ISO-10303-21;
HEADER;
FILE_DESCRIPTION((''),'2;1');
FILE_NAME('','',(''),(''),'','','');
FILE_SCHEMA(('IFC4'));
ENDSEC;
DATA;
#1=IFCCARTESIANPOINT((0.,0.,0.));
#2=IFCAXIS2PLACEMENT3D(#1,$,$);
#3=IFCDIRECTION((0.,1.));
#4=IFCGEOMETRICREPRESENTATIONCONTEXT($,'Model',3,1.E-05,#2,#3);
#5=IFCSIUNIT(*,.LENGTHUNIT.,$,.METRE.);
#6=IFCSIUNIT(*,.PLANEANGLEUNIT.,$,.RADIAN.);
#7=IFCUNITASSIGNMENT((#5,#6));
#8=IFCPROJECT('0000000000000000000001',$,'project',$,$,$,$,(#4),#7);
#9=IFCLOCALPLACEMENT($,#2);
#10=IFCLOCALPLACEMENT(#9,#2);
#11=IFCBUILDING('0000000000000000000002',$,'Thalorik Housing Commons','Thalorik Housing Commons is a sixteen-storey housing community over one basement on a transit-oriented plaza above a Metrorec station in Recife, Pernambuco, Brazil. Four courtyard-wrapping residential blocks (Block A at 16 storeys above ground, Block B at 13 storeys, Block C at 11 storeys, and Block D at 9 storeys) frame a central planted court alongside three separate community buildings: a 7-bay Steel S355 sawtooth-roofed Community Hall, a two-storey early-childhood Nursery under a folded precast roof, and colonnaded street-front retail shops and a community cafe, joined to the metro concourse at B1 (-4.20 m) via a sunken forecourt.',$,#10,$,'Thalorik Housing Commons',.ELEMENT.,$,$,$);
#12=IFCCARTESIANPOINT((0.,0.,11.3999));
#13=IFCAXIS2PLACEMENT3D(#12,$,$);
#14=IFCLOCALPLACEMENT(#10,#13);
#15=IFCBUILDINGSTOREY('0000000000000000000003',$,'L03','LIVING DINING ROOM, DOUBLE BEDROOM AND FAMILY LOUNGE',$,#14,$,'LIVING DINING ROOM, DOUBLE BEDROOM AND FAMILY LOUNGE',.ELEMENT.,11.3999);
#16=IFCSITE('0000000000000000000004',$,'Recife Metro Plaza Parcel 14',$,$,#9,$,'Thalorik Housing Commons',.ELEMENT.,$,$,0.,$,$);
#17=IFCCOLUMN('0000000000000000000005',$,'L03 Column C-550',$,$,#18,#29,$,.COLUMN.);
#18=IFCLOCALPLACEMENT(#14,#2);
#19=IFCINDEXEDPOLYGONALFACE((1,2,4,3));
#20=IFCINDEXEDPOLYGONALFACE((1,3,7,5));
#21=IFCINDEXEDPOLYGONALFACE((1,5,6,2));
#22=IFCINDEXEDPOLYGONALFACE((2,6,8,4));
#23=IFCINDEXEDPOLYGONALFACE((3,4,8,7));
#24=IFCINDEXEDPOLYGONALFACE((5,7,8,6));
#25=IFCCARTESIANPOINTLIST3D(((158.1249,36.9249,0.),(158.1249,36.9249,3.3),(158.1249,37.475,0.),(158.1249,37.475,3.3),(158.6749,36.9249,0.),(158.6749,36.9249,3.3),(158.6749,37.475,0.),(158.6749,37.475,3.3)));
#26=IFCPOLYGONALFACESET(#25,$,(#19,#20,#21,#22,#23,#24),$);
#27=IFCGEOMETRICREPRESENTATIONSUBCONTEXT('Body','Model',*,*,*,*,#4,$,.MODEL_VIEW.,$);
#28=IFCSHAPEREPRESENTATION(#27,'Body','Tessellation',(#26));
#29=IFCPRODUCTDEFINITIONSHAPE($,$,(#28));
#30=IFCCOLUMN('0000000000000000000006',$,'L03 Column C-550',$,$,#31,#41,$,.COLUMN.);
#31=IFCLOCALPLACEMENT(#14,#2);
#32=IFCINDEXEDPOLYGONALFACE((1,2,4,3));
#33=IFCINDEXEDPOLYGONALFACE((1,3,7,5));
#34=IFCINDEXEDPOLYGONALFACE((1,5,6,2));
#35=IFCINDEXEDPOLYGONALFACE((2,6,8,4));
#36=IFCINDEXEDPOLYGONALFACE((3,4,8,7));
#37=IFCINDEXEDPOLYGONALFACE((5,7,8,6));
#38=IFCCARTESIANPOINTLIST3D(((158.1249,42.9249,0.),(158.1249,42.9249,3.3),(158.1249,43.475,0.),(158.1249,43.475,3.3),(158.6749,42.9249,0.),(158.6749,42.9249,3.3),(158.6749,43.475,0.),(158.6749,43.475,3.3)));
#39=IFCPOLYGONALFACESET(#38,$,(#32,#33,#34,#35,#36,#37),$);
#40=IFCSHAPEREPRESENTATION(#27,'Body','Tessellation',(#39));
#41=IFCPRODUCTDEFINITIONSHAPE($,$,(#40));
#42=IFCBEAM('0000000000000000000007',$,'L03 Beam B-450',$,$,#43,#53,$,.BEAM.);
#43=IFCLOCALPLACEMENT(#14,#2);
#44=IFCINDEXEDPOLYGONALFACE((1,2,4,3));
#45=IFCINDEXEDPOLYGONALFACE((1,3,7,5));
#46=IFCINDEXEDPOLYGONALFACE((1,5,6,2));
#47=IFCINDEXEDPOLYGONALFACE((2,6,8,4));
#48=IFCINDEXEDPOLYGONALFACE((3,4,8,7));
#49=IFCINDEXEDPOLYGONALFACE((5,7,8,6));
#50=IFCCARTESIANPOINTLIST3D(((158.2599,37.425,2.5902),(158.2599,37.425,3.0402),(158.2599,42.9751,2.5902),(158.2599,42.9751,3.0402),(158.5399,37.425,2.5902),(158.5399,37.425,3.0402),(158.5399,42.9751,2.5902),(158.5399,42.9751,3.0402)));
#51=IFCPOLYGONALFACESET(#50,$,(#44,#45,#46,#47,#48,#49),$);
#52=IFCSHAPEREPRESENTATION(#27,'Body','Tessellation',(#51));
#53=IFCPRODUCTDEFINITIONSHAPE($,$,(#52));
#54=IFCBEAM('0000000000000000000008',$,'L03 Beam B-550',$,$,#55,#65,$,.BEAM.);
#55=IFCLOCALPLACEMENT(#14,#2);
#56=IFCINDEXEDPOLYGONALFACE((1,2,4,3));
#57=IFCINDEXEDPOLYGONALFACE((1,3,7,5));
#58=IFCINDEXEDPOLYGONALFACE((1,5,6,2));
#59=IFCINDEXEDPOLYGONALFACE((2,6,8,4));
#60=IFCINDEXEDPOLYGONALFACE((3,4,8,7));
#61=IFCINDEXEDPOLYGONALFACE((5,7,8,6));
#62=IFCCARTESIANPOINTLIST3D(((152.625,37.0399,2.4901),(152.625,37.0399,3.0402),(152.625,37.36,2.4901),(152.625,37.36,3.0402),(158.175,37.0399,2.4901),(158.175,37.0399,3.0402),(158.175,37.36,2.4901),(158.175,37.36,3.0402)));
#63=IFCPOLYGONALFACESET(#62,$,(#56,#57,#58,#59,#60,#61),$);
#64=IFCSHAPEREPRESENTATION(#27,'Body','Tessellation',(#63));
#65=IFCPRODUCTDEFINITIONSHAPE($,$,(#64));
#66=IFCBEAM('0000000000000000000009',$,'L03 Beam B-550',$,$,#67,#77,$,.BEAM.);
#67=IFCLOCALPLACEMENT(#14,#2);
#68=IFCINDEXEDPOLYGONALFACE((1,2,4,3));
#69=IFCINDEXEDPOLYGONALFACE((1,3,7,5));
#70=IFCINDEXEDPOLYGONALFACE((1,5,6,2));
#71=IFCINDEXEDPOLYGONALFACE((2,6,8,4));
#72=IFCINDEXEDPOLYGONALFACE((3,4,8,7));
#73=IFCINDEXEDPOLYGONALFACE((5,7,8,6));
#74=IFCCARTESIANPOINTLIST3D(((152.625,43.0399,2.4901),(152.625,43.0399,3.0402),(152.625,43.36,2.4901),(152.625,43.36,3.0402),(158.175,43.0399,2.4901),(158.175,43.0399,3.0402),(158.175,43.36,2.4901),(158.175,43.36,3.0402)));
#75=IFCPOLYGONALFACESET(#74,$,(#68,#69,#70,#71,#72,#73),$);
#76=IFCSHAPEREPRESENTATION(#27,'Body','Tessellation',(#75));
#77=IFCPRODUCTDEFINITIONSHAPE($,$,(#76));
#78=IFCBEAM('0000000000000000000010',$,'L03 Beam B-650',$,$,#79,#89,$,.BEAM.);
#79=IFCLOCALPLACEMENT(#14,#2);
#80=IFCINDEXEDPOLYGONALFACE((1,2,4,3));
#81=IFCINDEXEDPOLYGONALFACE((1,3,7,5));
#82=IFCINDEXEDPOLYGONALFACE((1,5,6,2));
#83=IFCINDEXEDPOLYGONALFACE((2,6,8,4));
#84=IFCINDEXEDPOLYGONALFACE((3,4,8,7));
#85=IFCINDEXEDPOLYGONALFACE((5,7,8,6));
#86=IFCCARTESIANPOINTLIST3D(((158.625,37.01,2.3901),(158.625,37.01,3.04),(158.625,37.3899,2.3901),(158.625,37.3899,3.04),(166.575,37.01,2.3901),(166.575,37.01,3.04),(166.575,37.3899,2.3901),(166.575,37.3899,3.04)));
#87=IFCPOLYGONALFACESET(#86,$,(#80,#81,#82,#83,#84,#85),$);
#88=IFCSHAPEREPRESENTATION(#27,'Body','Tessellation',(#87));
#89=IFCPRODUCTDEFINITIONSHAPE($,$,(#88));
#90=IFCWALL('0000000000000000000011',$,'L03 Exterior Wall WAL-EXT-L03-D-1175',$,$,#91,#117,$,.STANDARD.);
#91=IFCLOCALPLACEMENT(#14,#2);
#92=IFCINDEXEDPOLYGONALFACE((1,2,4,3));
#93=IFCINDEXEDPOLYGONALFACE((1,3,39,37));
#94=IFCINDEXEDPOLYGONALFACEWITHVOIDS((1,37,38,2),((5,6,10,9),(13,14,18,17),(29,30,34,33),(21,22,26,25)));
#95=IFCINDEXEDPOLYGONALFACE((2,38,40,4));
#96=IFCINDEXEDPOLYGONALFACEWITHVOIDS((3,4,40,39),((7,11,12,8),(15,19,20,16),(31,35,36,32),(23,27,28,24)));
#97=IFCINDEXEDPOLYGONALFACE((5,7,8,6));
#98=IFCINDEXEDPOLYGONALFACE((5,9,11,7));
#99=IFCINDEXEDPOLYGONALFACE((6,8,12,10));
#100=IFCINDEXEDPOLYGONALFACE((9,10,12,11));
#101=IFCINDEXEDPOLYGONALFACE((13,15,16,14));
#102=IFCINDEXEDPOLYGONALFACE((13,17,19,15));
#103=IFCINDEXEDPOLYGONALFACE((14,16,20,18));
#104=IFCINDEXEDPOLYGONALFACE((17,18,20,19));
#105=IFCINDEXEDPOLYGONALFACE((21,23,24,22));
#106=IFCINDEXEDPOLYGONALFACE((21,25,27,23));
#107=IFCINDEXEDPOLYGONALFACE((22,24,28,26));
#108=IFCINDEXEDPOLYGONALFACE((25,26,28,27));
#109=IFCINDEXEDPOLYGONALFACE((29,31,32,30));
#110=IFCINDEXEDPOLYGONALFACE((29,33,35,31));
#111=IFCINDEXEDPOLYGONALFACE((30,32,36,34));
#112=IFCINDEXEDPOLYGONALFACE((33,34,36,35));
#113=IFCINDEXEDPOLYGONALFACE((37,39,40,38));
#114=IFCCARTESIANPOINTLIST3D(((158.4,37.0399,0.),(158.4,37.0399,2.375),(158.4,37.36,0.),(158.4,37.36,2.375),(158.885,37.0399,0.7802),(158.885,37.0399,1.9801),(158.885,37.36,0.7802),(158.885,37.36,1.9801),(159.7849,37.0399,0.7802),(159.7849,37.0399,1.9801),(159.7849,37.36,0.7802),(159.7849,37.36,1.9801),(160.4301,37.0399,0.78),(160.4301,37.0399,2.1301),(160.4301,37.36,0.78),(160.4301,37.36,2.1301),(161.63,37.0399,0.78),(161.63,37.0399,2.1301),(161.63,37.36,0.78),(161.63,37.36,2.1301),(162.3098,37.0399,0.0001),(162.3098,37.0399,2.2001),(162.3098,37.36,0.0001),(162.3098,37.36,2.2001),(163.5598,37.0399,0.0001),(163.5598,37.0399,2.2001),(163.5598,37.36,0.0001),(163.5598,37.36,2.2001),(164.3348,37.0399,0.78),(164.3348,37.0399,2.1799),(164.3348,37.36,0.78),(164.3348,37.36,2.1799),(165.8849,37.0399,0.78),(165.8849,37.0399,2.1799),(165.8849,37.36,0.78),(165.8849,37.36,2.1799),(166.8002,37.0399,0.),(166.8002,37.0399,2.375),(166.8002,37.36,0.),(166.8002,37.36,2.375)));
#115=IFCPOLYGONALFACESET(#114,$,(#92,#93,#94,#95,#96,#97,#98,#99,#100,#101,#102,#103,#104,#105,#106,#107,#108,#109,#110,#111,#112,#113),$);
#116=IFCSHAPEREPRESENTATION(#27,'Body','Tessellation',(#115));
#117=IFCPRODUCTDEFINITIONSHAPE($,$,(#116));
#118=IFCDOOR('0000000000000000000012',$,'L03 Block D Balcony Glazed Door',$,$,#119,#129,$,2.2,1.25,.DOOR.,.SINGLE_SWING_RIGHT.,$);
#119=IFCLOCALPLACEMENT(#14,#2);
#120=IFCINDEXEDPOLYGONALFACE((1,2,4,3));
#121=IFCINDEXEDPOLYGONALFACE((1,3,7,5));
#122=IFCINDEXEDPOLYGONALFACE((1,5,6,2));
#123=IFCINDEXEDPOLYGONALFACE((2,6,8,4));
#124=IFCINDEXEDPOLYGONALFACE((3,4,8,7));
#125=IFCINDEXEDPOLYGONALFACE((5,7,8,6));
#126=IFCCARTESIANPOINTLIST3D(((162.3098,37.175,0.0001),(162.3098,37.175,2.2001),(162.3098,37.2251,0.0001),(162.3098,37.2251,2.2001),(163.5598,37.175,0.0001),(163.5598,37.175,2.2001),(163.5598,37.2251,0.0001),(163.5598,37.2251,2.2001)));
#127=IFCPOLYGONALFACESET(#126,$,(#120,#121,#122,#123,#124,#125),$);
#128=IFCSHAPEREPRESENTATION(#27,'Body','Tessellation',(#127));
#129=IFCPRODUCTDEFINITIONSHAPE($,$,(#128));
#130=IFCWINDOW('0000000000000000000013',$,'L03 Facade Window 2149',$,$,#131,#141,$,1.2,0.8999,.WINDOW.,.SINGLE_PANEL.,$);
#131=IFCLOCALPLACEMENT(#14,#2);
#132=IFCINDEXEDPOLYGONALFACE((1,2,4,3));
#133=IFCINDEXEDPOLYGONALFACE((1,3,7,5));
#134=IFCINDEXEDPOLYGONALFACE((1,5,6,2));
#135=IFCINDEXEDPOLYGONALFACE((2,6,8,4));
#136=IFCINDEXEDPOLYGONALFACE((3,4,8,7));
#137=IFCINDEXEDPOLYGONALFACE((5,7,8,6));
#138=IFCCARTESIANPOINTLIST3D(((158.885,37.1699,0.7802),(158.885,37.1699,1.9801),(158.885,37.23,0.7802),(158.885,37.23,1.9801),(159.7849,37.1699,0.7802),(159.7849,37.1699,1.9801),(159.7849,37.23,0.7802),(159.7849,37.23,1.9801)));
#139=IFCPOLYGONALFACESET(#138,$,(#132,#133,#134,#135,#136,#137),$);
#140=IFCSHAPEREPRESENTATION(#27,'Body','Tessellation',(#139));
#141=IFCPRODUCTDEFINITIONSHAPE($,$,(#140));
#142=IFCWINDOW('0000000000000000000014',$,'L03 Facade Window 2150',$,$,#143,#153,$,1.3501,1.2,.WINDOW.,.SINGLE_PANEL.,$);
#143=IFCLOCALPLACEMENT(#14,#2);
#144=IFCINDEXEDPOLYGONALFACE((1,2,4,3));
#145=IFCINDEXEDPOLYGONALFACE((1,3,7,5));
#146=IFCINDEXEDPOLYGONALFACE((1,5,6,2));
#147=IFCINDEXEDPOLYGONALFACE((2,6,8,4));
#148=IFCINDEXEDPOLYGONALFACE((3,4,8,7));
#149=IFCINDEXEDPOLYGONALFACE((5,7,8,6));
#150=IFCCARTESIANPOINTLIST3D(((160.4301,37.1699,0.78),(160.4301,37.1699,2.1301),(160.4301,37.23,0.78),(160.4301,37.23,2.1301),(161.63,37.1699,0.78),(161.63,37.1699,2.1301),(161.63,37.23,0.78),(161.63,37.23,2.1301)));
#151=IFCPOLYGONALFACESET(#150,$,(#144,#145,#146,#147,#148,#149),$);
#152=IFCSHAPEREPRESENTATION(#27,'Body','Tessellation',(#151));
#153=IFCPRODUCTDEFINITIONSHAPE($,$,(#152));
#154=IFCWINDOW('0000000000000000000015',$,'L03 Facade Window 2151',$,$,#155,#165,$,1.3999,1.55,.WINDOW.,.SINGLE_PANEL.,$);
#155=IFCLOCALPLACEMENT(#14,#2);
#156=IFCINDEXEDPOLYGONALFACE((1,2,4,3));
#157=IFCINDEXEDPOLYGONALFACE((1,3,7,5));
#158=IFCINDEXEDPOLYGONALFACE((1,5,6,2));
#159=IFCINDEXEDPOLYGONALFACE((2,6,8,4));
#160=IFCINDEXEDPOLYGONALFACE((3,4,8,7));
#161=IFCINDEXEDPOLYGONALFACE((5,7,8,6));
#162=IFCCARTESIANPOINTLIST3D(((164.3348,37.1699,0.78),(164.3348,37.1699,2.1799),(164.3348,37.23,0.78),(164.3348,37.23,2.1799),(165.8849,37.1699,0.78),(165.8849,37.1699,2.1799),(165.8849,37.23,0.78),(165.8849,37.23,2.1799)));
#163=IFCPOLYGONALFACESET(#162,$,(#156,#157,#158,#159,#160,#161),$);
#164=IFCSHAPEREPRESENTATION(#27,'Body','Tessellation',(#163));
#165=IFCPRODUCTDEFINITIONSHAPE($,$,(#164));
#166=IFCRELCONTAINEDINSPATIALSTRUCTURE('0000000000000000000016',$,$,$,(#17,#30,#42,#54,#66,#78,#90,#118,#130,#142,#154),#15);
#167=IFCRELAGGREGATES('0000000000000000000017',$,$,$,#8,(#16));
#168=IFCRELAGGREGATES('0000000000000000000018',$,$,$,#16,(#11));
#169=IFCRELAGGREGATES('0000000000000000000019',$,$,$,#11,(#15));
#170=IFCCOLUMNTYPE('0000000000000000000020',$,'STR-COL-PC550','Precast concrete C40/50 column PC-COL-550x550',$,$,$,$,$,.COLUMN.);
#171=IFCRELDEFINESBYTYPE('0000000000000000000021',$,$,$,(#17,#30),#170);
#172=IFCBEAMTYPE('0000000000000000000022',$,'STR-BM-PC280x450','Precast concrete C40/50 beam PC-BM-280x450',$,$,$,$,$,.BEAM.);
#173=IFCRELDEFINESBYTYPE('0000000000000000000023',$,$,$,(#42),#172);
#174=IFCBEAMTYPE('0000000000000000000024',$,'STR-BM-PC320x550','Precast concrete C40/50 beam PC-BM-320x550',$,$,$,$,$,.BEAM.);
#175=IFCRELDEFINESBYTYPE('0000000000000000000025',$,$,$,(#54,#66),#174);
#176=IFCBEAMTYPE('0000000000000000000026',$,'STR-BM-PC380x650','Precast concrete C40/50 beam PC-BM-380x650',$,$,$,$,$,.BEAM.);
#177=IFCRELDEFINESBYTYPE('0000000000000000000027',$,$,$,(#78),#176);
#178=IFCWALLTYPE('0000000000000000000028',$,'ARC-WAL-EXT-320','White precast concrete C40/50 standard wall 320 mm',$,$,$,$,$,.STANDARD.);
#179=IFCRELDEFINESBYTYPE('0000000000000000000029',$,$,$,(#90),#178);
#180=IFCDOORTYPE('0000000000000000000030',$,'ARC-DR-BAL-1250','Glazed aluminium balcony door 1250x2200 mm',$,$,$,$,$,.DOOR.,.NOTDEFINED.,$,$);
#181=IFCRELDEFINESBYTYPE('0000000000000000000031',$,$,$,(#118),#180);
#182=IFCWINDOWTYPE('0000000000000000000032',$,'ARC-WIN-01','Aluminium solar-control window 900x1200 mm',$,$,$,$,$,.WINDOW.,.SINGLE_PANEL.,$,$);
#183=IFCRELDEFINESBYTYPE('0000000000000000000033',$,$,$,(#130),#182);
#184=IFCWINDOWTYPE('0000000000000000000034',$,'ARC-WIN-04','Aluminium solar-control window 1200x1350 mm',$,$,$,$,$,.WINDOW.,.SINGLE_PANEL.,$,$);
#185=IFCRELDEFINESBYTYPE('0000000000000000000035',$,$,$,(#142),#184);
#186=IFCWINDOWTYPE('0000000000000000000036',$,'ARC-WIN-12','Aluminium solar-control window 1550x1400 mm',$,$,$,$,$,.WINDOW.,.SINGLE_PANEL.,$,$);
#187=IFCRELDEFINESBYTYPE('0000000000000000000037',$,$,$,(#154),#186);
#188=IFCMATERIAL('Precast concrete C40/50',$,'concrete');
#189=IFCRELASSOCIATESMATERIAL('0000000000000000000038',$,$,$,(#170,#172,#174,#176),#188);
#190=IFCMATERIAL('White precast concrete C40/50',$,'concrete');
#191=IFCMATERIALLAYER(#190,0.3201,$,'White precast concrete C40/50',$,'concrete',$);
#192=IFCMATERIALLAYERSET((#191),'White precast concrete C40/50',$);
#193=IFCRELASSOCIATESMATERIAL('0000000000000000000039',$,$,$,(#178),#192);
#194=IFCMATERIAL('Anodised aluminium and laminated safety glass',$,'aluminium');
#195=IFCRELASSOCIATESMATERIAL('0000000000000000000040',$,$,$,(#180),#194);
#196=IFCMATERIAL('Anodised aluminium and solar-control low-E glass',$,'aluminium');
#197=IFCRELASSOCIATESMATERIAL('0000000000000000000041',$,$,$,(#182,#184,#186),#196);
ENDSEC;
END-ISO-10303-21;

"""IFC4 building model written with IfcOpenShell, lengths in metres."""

from ifc_helpers import new_model, si_unit, direction, frame, frame_2d, origin, origin_2d, place, context, subcontext, project, spatial, rectangle, extrude, material, layer, layer_set, material_profile, profile_set, type_object, element, fill, save


model = new_model("IFC4")

# Units and contexts
model_context = context("Model", 3, precision=1e-05, world=origin(), true_north=direction((0.0, 1.0)))
body_context = subcontext(model_context, "Body", "Model", "MODEL_VIEW")
ifc_project = project(units=[si_unit("LENGTHUNIT", "METRE"), si_unit("PLANEANGLEUNIT", "RADIAN")], contexts=[model_context])

# Site, building, storey
site_placement = place(None, origin())
site = spatial("IfcSite", under=ifc_project, at=site_placement, Name="Recife Metro Plaza Parcel 14", LongName="Thalorik Housing Commons", CompositionType="ELEMENT", RefElevation=0.0)
building_placement = place(site_placement, origin())
building = spatial("IfcBuilding", under=site, at=building_placement, Name="Thalorik Housing Commons", Description="Thalorik Housing Commons is a sixteen-storey housing community over one basement on a transit-oriented plaza above a Metrorec station in Recife, Pernambuco, Brazil. Four courtyard-wrapping residential blocks (Block A at 16 storeys above ground, Block B at 13 storeys, Block C at 11 storeys, and Block D at 9 storeys) frame a central planted court alongside three separate community buildings: a 7-bay Steel S355 sawtooth-roofed Community Hall, a two-storey early-childhood Nursery under a folded precast roof, and colonnaded street-front retail shops and a community cafe, joined to the metro concourse at B1 (-4.20 m) via a sunken forecourt.", LongName="Thalorik Housing Commons", CompositionType="ELEMENT")
storey_placement = place(building_placement, frame((0.0, 0.0, 11.3999)))
storey = spatial("IfcBuildingStorey", under=building, at=storey_placement, Name="L03", Description="LIVING DINING ROOM, DOUBLE BEDROOM AND FAMILY LOUNGE", LongName="LIVING DINING ROOM, DOUBLE BEDROOM AND FAMILY LOUNGE", CompositionType="ELEMENT", Elevation=11.3999)

# Columns
ifc_material_1 = material(Name="Precast concrete C40/50", Category="concrete")
ifc_material_profile_1 = material_profile(ifc_material_1, rectangle(XDim=0.55, YDim=0.55, at=origin_2d()), Name="PC 550x550", Category="concrete")
ifc_profile_set_1 = profile_set([ifc_material_profile_1], Name="Precast concrete C40/50")
column_type = type_object("IfcColumnType", Name="STR-COL-PC550", Description="Precast concrete C40/50 column PC-COL-550x550", PredefinedType="COLUMN", material=ifc_profile_set_1)
for number, where, z_axis, x_axis, name in (
    (1, (158.3999, 37.2, 0.0), (0.0, 0.0, 1.0), (1.0, 0.0, 0.0), "L03 Column C-550"),
    (2, (158.3999, 43.2, 0.0), (0.0, 0.0, 1.0), (1.0, 0.0, 0.0), "L03 Column C-550"),
):
    element("IfcColumn", number, at=place(storey_placement, frame(where, z_axis=z_axis, x_axis=x_axis)), inside=storey, type_object=column_type, Name=name, PredefinedType="COLUMN", context=body_context, shape_type="SweptSolid", body=[
        extrude(rectangle(XDim=0.55, YDim=0.55, at=origin_2d()), origin(), (0.0, 0.0, 1.0), 3.3),
    ])

# Beams
ifc_material_profile_2 = material_profile(ifc_material_1, rectangle(XDim=0.28, YDim=0.45, at=origin_2d()), Name="PC 280x450", Category="concrete")
ifc_profile_set_2 = profile_set([ifc_material_profile_2], Name="Precast concrete C40/50")
beam_type_1 = type_object("IfcBeamType", Name="STR-BM-PC280x450", Description="Precast concrete C40/50 beam PC-BM-280x450", PredefinedType="BEAM", material=ifc_profile_set_2)
beam_1_placement = place(storey_placement, frame((158.3999, 37.425, 2.8152), z_axis=(0.0, 1.0, 0.0), x_axis=(-1.0, 0.0, 0.0)))
element("IfcBeam", 3, at=beam_1_placement, inside=storey, type_object=beam_type_1, Name="L03 Beam B-450", PredefinedType="BEAM", context=body_context, shape_type="SweptSolid", body=[
    extrude(rectangle(XDim=0.28, YDim=0.45, at=origin_2d()), origin(), (0.0, 0.0, 1.0), 5.55),
])
ifc_material_profile_3 = material_profile(ifc_material_1, rectangle(XDim=0.3201, YDim=0.55, at=origin_2d()), Name="PC 320x550", Category="concrete")
ifc_profile_set_3 = profile_set([ifc_material_profile_3], Name="Precast concrete C40/50")
beam_type_2 = type_object("IfcBeamType", Name="STR-BM-PC320x550", Description="Precast concrete C40/50 beam PC-BM-320x550", PredefinedType="BEAM", material=ifc_profile_set_3)
for number, where, z_axis, x_axis, name in (
    (4, (152.625, 37.2, 2.7651), (1.0, 0.0, 0.0), (0.0, 1.0, 0.0), "L03 Beam B-550"),
    (5, (152.625, 43.2, 2.7651), (1.0, 0.0, 0.0), (0.0, 1.0, 0.0), "L03 Beam B-550"),
):
    element("IfcBeam", number, at=place(storey_placement, frame(where, z_axis=z_axis, x_axis=x_axis)), inside=storey, type_object=beam_type_2, Name=name, PredefinedType="BEAM", context=body_context, shape_type="SweptSolid", body=[
        extrude(rectangle(XDim=0.3201, YDim=0.55, at=origin_2d()), origin(), (0.0, 0.0, 1.0), 5.55),
    ])
ifc_material_profile_4 = material_profile(ifc_material_1, rectangle(XDim=0.3799, YDim=0.6499, at=origin_2d()), Name="PC 380x650", Category="concrete")
ifc_profile_set_4 = profile_set([ifc_material_profile_4], Name="Precast concrete C40/50")
beam_type_3 = type_object("IfcBeamType", Name="STR-BM-PC380x650", Description="Precast concrete C40/50 beam PC-BM-380x650", PredefinedType="BEAM", material=ifc_profile_set_4)
beam_2_placement = place(storey_placement, frame((158.625, 37.2, 2.7151), z_axis=(1.0, 0.0, 0.0), x_axis=(0.0, 1.0, 0.0)))
element("IfcBeam", 6, at=beam_2_placement, inside=storey, type_object=beam_type_3, Name="L03 Beam B-650", PredefinedType="BEAM", context=body_context, shape_type="SweptSolid", body=[
    extrude(rectangle(XDim=0.3799, YDim=0.6499, at=origin_2d()), origin(), (0.0, 0.0, 1.0), 7.95),
])

# Wall, openings, door, windows
ifc_material_2 = material(Name="White precast concrete C40/50", Category="concrete")
ifc_layer_1 = layer(ifc_material_2, 0.3201, Name="White precast concrete C40/50", Category="concrete")
ifc_layer_set_1 = layer_set([ifc_layer_1], Name="White precast concrete C40/50")
wall_type_1 = type_object("IfcWallType", Name="ARC-WAL-EXT-320", Description="White precast concrete C40/50 standard wall 320 mm", PredefinedType="STANDARD", material=ifc_layer_set_1)
wall_1_placement = place(storey_placement, frame((158.3999, 37.2, 0.0), z_axis=(0.0, 0.0, 1.0), x_axis=(1.0, 0.0, 0.0)))
wall_1 = element("IfcWall", 7, at=wall_1_placement, inside=storey, type_object=wall_type_1, Name="L03 Exterior Wall WAL-EXT-L03-D-1175", PredefinedType="STANDARD", context=body_context, shape_type="SweptSolid", body=[
    extrude(rectangle(XDim=8.4001, YDim=0.3201, at=frame_2d((4.2002, 0.0))), origin(), (0.0, 0.0, 1.0), 2.375),
])
opening_1_placement = place(wall_1_placement, frame((3.9099, 0.0, 0.0)))
opening_1 = element("IfcOpeningElement", 8, at=opening_1_placement, cuts=wall_1, PredefinedType="OPENING", context=body_context, shape_type="SweptSolid", body=[
    extrude(rectangle(XDim=1.25, YDim=2.2, at=frame_2d((0.625, 1.1001))), frame((0.0, 0.1699, 0.0), z_axis=(0.0, -1.0, 0.0), x_axis=(1.0, 0.0, 0.0)), (0.0, 0.0, 1.0), 0.3401),
])
opening_2_placement = place(wall_1_placement, frame((0.4851, 0.0, 0.78)))
opening_2 = element("IfcOpeningElement", 9, at=opening_2_placement, cuts=wall_1, PredefinedType="OPENING", context=body_context, shape_type="SweptSolid", body=[
    extrude(rectangle(XDim=0.8999, YDim=1.2, at=frame_2d((0.45, 0.6001))), frame((0.0, 0.1699, 0.0), z_axis=(0.0, -1.0, 0.0), x_axis=(1.0, 0.0, 0.0)), (0.0, 0.0, 1.0), 0.3401),
])
opening_3_placement = place(wall_1_placement, frame((2.03, 0.0, 0.78)))
opening_3 = element("IfcOpeningElement", 10, at=opening_3_placement, cuts=wall_1, PredefinedType="OPENING", context=body_context, shape_type="SweptSolid", body=[
    extrude(rectangle(XDim=1.2, YDim=1.3501, at=frame_2d((0.6001, 0.675))), frame((0.0, 0.1699, 0.0), z_axis=(0.0, -1.0, 0.0), x_axis=(1.0, 0.0, 0.0)), (0.0, 0.0, 1.0), 0.3401),
])
opening_4_placement = place(wall_1_placement, frame((5.9351, 0.0, 0.78)))
opening_4 = element("IfcOpeningElement", 11, at=opening_4_placement, cuts=wall_1, PredefinedType="OPENING", context=body_context, shape_type="SweptSolid", body=[
    extrude(rectangle(XDim=1.55, YDim=1.3999, at=frame_2d((0.7749, 0.7))), frame((0.0, 0.1699, 0.0), z_axis=(0.0, -1.0, 0.0), x_axis=(1.0, 0.0, 0.0)), (0.0, 0.0, 1.0), 0.3401),
])
ifc_material_3 = material(Name="Anodised aluminium and laminated safety glass", Category="aluminium")
door_type_1 = type_object("IfcDoorType", Name="ARC-DR-BAL-1250", Description="Glazed aluminium balcony door 1250x2200 mm", OperationType="NOTDEFINED", PredefinedType="DOOR", material=ifc_material_3)
door_1_placement = place(opening_1_placement, frame((1.25, 0.0, 0.0), z_axis=(0.0, 0.0, 1.0), x_axis=(-1.0, 0.0, 0.0)))
door_1 = element("IfcDoor", 12, at=door_1_placement, inside=storey, type_object=door_type_1, Name="L03 Block D Balcony Glazed Door", OperationType="SINGLE_SWING_RIGHT", OverallHeight=2.2, OverallWidth=1.25, PredefinedType="DOOR", context=body_context, shape_type="SweptSolid", body=[
    extrude(rectangle(XDim=1.25, YDim=2.2, at=frame_2d((0.625, 1.1001))), frame((0.0, 0.0249, 0.0), z_axis=(0.0, -1.0, 0.0), x_axis=(1.0, 0.0, 0.0)), (0.0, 0.0, 1.0), 0.05),
])
fill(opening_1, door_1)
ifc_material_4 = material(Name="Anodised aluminium and solar-control low-E glass", Category="aluminium")
window_type_1 = type_object("IfcWindowType", Name="ARC-WIN-01", Description="Aluminium solar-control window 900x1200 mm", PartitioningType="SINGLE_PANEL", PredefinedType="WINDOW", material=ifc_material_4)
window_1_placement = place(opening_2_placement, origin())
window_1 = element("IfcWindow", 13, at=window_1_placement, inside=storey, type_object=window_type_1, Name="L03 Facade Window 2149", OverallHeight=1.2, OverallWidth=0.8999, PartitioningType="SINGLE_PANEL", PredefinedType="WINDOW", context=body_context, shape_type="SweptSolid", body=[
    extrude(rectangle(XDim=0.8999, YDim=1.2, at=frame_2d((0.45, 0.6001))), frame((0.0, 0.03, 0.0), z_axis=(0.0, -1.0, 0.0), x_axis=(1.0, 0.0, 0.0)), (0.0, 0.0, 1.0), 0.0601),
])
fill(opening_2, window_1)
window_type_2 = type_object("IfcWindowType", Name="ARC-WIN-04", Description="Aluminium solar-control window 1200x1350 mm", PartitioningType="SINGLE_PANEL", PredefinedType="WINDOW", material=ifc_material_4)
window_2_placement = place(opening_3_placement, origin())
window_2 = element("IfcWindow", 14, at=window_2_placement, inside=storey, type_object=window_type_2, Name="L03 Facade Window 2150", OverallHeight=1.3501, OverallWidth=1.2, PartitioningType="SINGLE_PANEL", PredefinedType="WINDOW", context=body_context, shape_type="SweptSolid", body=[
    extrude(rectangle(XDim=1.2, YDim=1.3501, at=frame_2d((0.6001, 0.675))), frame((0.0, 0.03, 0.0), z_axis=(0.0, -1.0, 0.0), x_axis=(1.0, 0.0, 0.0)), (0.0, 0.0, 1.0), 0.0601),
])
fill(opening_3, window_2)
window_type_3 = type_object("IfcWindowType", Name="ARC-WIN-12", Description="Aluminium solar-control window 1550x1400 mm", PartitioningType="SINGLE_PANEL", PredefinedType="WINDOW", material=ifc_material_4)
window_3_placement = place(opening_4_placement, origin())
window_3 = element("IfcWindow", 15, at=window_3_placement, inside=storey, type_object=window_type_3, Name="L03 Facade Window 2151", OverallHeight=1.3999, OverallWidth=1.55, PartitioningType="SINGLE_PANEL", PredefinedType="WINDOW", context=body_context, shape_type="SweptSolid", body=[
    extrude(rectangle(XDim=1.55, YDim=1.3999, at=frame_2d((0.7749, 0.7))), frame((0.0, 0.03, 0.0), z_axis=(0.0, -1.0, 0.0), x_axis=(1.0, 0.0, 0.0)), (0.0, 0.0, 1.0), 0.0601),
])
fill(opening_4, window_3)

save(model, "model.ifc")
